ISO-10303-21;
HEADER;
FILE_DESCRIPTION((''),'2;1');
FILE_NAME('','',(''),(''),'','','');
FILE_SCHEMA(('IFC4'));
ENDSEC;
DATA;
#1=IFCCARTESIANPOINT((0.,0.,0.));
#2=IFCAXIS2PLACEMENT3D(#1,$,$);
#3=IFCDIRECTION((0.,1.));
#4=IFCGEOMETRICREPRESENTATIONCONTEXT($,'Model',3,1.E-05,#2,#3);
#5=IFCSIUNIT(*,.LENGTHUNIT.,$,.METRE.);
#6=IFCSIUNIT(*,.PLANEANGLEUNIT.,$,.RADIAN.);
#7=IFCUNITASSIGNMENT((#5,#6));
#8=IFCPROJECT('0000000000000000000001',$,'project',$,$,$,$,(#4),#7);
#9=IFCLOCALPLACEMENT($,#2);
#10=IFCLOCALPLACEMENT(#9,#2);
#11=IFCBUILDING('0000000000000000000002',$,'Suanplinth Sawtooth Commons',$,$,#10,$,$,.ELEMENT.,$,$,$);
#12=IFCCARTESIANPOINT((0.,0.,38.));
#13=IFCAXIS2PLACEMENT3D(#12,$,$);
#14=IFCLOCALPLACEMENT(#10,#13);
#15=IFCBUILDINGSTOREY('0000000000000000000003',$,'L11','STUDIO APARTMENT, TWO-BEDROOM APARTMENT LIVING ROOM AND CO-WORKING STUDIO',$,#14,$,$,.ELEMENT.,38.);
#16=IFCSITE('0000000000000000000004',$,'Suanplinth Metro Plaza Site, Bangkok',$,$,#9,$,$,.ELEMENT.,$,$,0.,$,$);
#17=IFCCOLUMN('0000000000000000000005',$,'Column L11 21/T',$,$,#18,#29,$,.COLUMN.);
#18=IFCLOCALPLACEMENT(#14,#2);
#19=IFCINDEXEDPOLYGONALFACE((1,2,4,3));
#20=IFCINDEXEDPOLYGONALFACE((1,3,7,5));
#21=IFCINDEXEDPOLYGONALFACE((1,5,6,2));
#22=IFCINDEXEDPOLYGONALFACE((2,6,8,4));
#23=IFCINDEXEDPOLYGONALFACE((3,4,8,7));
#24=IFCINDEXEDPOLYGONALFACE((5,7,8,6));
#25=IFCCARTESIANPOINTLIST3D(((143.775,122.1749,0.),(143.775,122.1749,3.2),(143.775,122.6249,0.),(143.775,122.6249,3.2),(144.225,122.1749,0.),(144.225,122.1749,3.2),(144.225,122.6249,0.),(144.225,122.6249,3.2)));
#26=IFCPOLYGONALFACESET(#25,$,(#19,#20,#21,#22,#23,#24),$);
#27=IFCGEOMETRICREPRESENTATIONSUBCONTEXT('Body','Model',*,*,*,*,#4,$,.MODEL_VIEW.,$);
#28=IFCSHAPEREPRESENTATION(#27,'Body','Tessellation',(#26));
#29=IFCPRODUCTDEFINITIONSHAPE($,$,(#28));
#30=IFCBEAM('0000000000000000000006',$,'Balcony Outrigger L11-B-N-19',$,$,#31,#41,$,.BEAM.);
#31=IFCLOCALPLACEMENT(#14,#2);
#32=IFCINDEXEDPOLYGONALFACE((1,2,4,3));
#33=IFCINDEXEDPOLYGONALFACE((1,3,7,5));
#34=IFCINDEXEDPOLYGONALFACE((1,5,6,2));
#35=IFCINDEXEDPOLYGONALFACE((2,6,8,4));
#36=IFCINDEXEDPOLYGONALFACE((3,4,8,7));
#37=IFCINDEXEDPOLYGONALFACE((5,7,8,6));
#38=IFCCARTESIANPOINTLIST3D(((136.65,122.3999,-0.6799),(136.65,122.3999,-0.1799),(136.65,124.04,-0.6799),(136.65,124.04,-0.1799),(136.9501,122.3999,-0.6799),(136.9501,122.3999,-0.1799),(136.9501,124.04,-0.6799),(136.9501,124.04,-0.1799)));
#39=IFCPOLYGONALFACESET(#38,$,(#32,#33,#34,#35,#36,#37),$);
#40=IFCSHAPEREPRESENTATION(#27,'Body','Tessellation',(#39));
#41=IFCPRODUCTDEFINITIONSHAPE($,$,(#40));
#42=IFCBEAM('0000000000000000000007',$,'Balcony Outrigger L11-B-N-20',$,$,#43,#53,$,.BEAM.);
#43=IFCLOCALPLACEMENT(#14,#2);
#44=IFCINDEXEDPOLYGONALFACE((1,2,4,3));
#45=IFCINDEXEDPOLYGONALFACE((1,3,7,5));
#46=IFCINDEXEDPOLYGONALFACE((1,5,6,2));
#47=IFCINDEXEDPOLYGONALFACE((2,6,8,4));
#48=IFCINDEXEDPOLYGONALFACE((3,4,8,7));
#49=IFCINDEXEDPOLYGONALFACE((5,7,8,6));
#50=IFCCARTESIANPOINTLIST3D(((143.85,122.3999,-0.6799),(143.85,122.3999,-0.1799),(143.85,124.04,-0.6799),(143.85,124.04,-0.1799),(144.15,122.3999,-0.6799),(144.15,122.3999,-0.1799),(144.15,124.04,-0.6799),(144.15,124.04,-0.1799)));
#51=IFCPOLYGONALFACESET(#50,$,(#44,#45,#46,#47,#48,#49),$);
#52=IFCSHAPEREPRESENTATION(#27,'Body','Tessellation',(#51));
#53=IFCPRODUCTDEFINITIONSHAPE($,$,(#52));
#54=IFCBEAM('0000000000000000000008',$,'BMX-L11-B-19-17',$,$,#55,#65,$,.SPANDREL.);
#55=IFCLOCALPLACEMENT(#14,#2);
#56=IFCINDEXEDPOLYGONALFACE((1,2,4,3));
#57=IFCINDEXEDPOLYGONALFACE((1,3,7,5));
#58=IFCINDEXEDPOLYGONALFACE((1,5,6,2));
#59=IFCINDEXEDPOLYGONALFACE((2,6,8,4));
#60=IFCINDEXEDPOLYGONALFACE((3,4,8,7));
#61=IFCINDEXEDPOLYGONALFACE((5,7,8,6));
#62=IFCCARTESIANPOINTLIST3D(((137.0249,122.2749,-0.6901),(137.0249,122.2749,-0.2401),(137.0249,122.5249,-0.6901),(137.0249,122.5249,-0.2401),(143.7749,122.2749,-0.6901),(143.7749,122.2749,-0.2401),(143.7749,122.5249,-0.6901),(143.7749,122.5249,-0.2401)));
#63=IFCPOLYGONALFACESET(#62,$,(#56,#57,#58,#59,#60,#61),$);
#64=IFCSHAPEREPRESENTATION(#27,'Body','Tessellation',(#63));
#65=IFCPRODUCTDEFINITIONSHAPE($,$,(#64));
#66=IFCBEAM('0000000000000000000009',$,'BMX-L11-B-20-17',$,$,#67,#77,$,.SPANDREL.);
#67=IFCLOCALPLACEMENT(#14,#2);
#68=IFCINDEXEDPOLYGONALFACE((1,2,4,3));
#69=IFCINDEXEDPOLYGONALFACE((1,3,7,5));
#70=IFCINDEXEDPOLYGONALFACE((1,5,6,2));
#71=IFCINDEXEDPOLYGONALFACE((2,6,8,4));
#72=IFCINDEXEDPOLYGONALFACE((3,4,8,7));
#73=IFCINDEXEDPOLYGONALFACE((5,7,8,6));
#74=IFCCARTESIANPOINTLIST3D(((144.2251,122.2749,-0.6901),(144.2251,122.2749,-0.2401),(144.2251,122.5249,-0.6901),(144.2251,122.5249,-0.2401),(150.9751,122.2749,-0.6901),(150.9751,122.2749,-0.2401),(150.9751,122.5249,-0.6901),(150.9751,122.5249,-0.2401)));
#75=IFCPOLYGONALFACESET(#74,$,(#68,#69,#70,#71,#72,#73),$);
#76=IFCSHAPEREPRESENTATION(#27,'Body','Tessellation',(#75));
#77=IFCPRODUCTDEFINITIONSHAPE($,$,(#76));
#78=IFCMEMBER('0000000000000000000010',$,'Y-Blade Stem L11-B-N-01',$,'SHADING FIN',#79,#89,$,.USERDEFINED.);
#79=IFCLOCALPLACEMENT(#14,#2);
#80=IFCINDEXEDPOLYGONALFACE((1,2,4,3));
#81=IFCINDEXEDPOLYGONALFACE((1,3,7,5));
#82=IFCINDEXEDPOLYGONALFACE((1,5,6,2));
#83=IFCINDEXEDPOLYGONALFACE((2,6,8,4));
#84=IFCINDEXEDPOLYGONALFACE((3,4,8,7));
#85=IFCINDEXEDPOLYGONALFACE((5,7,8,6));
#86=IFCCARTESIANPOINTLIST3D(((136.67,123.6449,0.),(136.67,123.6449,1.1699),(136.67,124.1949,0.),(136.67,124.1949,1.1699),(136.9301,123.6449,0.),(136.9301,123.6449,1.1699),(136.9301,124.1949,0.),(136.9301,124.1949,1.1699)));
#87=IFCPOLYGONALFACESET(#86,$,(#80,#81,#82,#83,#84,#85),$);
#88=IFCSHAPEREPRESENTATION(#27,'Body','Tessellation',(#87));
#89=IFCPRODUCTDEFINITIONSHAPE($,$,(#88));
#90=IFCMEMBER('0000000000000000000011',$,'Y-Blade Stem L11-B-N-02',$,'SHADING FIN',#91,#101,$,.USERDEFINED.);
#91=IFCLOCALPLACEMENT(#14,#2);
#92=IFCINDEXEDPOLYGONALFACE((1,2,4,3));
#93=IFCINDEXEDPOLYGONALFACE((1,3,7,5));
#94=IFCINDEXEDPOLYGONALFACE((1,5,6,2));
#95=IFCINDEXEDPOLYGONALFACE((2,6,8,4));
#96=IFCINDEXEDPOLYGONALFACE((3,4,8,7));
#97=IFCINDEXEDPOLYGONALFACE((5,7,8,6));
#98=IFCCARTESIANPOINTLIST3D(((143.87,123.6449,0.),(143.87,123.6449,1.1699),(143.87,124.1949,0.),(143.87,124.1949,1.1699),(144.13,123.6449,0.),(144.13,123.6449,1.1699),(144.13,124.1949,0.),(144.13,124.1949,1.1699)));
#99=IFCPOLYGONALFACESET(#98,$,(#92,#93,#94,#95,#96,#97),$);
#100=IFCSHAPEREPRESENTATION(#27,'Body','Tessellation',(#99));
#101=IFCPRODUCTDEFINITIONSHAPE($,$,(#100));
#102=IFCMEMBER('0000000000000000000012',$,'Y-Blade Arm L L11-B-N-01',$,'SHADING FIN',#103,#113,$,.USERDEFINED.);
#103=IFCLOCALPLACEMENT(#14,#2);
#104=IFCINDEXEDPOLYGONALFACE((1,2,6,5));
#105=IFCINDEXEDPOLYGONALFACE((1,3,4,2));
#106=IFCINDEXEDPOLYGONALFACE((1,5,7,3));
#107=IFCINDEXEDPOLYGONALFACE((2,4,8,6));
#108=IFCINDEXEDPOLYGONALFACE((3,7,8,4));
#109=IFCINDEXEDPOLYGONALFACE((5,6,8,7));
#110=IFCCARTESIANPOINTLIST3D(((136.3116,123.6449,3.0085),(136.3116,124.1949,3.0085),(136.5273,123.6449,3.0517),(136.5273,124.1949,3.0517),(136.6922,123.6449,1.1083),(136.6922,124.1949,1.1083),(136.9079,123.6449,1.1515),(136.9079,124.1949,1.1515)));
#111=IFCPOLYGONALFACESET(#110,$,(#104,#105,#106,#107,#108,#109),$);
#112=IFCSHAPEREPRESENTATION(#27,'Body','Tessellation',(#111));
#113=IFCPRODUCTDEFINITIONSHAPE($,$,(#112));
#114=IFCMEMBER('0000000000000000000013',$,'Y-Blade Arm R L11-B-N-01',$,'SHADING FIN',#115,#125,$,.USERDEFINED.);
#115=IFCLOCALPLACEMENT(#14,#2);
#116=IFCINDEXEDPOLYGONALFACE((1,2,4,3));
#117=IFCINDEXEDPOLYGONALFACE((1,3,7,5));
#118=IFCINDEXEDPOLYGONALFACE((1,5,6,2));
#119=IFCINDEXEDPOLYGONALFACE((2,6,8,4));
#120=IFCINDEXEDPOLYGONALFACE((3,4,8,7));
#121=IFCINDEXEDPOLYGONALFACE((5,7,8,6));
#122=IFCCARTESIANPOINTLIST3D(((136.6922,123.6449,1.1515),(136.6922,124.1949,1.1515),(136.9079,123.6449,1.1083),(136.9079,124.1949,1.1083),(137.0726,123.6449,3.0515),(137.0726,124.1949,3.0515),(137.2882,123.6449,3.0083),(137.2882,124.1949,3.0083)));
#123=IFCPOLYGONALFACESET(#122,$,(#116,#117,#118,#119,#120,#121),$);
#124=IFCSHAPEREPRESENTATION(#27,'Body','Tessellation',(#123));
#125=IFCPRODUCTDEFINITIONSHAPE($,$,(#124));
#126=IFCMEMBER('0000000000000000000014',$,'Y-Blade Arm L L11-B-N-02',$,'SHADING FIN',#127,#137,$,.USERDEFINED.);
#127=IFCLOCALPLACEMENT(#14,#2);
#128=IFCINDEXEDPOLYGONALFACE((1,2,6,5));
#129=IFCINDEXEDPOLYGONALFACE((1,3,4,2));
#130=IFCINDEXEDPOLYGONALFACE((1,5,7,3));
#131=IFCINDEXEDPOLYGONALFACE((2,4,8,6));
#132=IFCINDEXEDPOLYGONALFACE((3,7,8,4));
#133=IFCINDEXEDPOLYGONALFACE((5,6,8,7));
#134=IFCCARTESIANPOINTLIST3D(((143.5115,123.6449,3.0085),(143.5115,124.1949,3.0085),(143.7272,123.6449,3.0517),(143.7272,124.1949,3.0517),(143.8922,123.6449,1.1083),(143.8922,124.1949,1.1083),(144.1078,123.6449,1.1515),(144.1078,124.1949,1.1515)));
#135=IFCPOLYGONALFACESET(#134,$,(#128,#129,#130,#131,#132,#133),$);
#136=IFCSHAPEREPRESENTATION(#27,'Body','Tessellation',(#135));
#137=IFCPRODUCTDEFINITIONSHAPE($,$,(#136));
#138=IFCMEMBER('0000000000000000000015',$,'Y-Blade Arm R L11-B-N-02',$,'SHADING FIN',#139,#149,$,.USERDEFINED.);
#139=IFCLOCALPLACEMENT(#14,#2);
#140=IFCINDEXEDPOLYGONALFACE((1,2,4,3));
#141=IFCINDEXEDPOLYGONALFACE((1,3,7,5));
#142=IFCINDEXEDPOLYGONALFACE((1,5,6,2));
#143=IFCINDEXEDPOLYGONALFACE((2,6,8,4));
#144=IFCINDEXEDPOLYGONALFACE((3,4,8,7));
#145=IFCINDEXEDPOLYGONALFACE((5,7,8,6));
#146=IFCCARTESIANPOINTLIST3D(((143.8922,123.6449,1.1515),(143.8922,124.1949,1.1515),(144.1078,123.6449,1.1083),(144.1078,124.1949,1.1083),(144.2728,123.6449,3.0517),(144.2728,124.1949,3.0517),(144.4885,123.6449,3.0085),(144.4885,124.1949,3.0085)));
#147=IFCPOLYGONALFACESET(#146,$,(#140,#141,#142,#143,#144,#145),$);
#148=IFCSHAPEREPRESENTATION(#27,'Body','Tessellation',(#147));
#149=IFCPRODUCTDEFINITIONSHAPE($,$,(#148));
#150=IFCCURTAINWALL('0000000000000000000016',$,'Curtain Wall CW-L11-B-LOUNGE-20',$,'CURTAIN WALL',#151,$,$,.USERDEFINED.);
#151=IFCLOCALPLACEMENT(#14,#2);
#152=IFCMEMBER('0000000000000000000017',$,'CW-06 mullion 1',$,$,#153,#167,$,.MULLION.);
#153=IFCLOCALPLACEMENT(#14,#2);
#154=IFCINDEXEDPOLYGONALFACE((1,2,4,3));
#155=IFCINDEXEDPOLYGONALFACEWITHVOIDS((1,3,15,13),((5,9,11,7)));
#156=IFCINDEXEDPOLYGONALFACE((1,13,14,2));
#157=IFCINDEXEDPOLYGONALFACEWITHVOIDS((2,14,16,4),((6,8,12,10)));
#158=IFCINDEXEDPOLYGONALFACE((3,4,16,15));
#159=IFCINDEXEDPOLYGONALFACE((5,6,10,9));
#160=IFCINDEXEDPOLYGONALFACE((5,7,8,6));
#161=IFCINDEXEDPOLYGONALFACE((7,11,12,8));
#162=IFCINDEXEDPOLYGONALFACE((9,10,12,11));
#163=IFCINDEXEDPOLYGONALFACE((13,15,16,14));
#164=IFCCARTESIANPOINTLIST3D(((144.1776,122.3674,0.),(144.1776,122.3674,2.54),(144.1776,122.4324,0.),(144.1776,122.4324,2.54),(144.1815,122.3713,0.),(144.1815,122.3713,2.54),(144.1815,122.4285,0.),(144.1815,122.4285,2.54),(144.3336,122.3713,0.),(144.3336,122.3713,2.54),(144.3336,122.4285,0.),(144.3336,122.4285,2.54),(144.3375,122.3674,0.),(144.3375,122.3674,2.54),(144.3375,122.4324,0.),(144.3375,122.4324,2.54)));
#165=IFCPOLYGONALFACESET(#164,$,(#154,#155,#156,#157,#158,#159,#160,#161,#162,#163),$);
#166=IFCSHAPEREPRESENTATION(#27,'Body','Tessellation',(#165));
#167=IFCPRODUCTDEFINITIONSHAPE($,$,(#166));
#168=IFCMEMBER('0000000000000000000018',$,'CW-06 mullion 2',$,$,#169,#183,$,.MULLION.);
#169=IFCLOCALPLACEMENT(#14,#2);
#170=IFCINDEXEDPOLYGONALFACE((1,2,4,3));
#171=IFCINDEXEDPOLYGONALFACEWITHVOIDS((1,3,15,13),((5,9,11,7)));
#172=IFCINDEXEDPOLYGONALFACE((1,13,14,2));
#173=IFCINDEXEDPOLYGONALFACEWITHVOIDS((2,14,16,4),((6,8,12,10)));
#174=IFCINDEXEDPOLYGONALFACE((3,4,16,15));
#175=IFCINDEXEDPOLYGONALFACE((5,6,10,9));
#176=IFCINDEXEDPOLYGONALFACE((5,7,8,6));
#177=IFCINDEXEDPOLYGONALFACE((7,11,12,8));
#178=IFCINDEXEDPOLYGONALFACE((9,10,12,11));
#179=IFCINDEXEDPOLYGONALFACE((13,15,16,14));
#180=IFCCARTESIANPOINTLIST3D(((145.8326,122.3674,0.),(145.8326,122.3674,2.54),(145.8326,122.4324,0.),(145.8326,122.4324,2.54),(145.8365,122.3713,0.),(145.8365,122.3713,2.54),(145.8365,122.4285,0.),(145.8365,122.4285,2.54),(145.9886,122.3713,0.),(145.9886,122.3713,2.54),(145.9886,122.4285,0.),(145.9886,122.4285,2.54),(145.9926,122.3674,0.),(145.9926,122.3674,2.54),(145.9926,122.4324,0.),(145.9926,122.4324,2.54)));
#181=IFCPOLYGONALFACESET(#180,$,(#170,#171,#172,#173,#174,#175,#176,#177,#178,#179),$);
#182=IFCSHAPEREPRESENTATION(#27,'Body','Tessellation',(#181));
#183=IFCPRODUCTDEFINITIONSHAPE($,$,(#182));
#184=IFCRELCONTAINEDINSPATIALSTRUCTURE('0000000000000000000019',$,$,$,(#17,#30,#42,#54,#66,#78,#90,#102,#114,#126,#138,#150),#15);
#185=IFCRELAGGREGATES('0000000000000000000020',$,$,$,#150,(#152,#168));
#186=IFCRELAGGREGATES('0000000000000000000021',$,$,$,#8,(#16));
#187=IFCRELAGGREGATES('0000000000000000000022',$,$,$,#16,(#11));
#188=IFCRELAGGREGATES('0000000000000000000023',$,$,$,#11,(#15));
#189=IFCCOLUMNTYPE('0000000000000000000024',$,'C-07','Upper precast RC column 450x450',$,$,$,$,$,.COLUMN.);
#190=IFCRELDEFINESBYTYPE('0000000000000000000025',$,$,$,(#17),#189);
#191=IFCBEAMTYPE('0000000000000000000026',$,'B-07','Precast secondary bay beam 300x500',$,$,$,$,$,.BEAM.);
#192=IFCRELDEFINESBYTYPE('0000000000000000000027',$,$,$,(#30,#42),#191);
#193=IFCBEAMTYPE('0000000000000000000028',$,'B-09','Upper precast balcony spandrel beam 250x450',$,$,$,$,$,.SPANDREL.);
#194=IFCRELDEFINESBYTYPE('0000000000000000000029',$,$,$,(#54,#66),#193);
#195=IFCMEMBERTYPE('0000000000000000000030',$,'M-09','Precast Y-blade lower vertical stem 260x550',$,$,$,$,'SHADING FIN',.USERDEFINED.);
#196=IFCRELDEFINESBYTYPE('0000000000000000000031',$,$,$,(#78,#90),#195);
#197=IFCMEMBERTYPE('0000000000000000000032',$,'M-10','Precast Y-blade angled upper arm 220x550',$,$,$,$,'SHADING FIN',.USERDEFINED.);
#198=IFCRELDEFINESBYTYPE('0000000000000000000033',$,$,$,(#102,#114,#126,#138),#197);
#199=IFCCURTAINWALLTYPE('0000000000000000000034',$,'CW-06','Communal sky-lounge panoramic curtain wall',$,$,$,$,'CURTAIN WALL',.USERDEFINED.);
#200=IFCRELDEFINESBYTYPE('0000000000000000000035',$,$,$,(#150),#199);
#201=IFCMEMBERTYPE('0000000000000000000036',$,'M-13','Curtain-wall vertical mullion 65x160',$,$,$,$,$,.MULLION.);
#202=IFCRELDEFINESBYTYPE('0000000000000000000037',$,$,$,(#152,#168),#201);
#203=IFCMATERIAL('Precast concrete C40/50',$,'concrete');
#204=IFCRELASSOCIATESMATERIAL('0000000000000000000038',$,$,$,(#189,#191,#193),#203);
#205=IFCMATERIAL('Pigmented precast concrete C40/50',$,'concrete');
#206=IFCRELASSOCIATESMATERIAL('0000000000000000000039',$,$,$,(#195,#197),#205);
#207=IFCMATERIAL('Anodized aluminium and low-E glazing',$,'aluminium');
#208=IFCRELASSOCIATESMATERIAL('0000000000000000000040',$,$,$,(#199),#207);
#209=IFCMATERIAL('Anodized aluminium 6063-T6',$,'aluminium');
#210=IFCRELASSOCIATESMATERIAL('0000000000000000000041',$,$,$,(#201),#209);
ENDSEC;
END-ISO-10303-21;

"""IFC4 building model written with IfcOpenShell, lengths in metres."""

from ifc_helpers import new_model, si_unit, direction, frame, origin, origin_2d, place, context, subcontext, project, spatial, rectangle, hollow_rectangle, extrude, material, material_profile, profile_set, type_object, element, aggregate, save


model = new_model("IFC4")

# Units and contexts
model_context = context("Model", 3, precision=1e-05, world=origin(), true_north=direction((0.0, 1.0)))
body_context = subcontext(model_context, "Body", "Model", "MODEL_VIEW")
ifc_project = project(units=[si_unit("LENGTHUNIT", "METRE"), si_unit("PLANEANGLEUNIT", "RADIAN")], contexts=[model_context])

# Site, building, storey
site_placement = place(None, origin())
site = spatial("IfcSite", under=ifc_project, at=site_placement, Name="Suanplinth Metro Plaza Site, Bangkok", CompositionType="ELEMENT", RefElevation=0.0)
building_placement = place(site_placement, origin())
building = spatial("IfcBuilding", under=site, at=building_placement, Name="Suanplinth Sawtooth Commons", CompositionType="ELEMENT")
storey_placement = place(building_placement, frame((0.0, 0.0, 38.0)))
storey = spatial("IfcBuildingStorey", under=building, at=storey_placement, Name="L11", Description="STUDIO APARTMENT, TWO-BEDROOM APARTMENT LIVING ROOM AND CO-WORKING STUDIO", CompositionType="ELEMENT", Elevation=38.0)

# Column
ifc_material_1 = material(Name="Precast concrete C40/50", Category="concrete")
ifc_material_profile_1 = material_profile(ifc_material_1, rectangle(XDim=0.45, YDim=0.45, at=origin_2d()), Name="PC-COL 450x450")
ifc_profile_set_1 = profile_set([ifc_material_profile_1], Name="Precast concrete C40/50")
column_type = type_object("IfcColumnType", Name="C-07", Description="Upper precast RC column 450x450", PredefinedType="COLUMN", material=ifc_profile_set_1)
column_placement = place(storey_placement, frame((144.0, 122.3999, 0.0), z_axis=(0.0, 0.0, 1.0), x_axis=(1.0, 0.0, 0.0)))
element("IfcColumn", 1, at=column_placement, inside=storey, type_object=column_type, Name="Column L11 21/T", PredefinedType="COLUMN", context=body_context, shape_type="SweptSolid", body=[
    extrude(rectangle(XDim=0.45, YDim=0.45, at=origin_2d()), origin(), (0.0, 0.0, 1.0), 3.2),
])

# Beams
ifc_material_profile_2 = material_profile(ifc_material_1, rectangle(XDim=0.3, YDim=0.5, at=origin_2d()), Name="PC-BM 300x500")
ifc_profile_set_2 = profile_set([ifc_material_profile_2], Name="Precast concrete C40/50")
beam_type_1 = type_object("IfcBeamType", Name="B-07", Description="Precast secondary bay beam 300x500", PredefinedType="BEAM", material=ifc_profile_set_2)
for number, where, z_axis, x_axis, name in (
    (2, (136.8, 122.3999, -0.4299), (0.0, 1.0, 0.0), (-1.0, 0.0, 0.0), "Balcony Outrigger L11-B-N-19"),
    (3, (144.0, 122.3999, -0.4299), (0.0, 1.0, 0.0), (-1.0, 0.0, 0.0), "Balcony Outrigger L11-B-N-20"),
):
    element("IfcBeam", number, at=place(storey_placement, frame(where, z_axis=z_axis, x_axis=x_axis)), inside=storey, type_object=beam_type_1, Name=name, PredefinedType="BEAM", context=body_context, shape_type="SweptSolid", body=[
        extrude(rectangle(XDim=0.3, YDim=0.5, at=origin_2d()), origin(), (0.0, 0.0, 1.0), 1.6401),
    ])
ifc_material_profile_3 = material_profile(ifc_material_1, rectangle(XDim=0.25, YDim=0.45, at=origin_2d()), Name="PC-SP 250x450")
ifc_profile_set_3 = profile_set([ifc_material_profile_3], Name="Precast concrete C40/50")
beam_type_2 = type_object("IfcBeamType", Name="B-09", Description="Upper precast balcony spandrel beam 250x450", PredefinedType="SPANDREL", material=ifc_profile_set_3)
for number, where, z_axis, x_axis, name in (
    (4, (137.0249, 122.3999, -0.4651), (1.0, 0.0, 0.0), (0.0, 1.0, 0.0), "BMX-L11-B-19-17"),
    (5, (144.2251, 122.3999, -0.4651), (1.0, 0.0, 0.0), (0.0, 1.0, 0.0), "BMX-L11-B-20-17"),
):
    element("IfcBeam", number, at=place(storey_placement, frame(where, z_axis=z_axis, x_axis=x_axis)), inside=storey, type_object=beam_type_2, Name=name, PredefinedType="SPANDREL", context=body_context, shape_type="SweptSolid", body=[
        extrude(rectangle(XDim=0.25, YDim=0.45, at=origin_2d()), origin(), (0.0, 0.0, 1.0), 6.75),
    ])

# Members
ifc_material_2 = material(Name="Pigmented precast concrete C40/50", Category="concrete")
ifc_material_profile_4 = material_profile(ifc_material_2, rectangle(XDim=0.26, YDim=0.55, at=origin_2d()), Name="PC-FIN 260x550")
ifc_profile_set_4 = profile_set([ifc_material_profile_4], Name="Pigmented precast concrete C40/50")
member_type_1 = type_object("IfcMemberType", Name="M-09", Description="Precast Y-blade lower vertical stem 260x550", ElementType="SHADING FIN", PredefinedType="USERDEFINED", material=ifc_profile_set_4)
for number, where, z_axis, x_axis, name in (
    (6, (136.8, 123.9199, 0.0), (0.0, 0.0, 1.0), (1.0, 0.0, 0.0), "Y-Blade Stem L11-B-N-01"),
    (7, (144.0, 123.9199, 0.0), (0.0, 0.0, 1.0), (1.0, 0.0, 0.0), "Y-Blade Stem L11-B-N-02"),
):
    element("IfcMember", number, at=place(storey_placement, frame(where, z_axis=z_axis, x_axis=x_axis)), inside=storey, type_object=member_type_1, Name=name, ObjectType="SHADING FIN", PredefinedType="USERDEFINED", context=body_context, shape_type="SweptSolid", body=[
        extrude(rectangle(XDim=0.26, YDim=0.55, at=origin_2d()), origin(), (0.0, 0.0, 1.0), 1.1699),
    ])
ifc_material_profile_5 = material_profile(ifc_material_2, rectangle(XDim=0.22, YDim=0.55, at=origin_2d()), Name="PC-FIN 220x550")
ifc_profile_set_5 = profile_set([ifc_material_profile_5], Name="Pigmented precast concrete C40/50")
member_type_2 = type_object("IfcMemberType", Name="M-10", Description="Precast Y-blade angled upper arm 220x550", ElementType="SHADING FIN", PredefinedType="USERDEFINED", material=ifc_profile_set_5)
member_1_placement = place(storey_placement, frame((136.8, 123.9199, 1.1299), z_axis=(-0.196407, 0.0, 0.980522), x_axis=(0.980522, 0.0, 0.196407)))
element("IfcMember", 8, at=member_1_placement, inside=storey, type_object=member_type_2, Name="Y-Blade Arm L L11-B-N-01", ObjectType="SHADING FIN", PredefinedType="USERDEFINED", context=body_context, shape_type="SweptSolid", body=[
    extrude(rectangle(XDim=0.22, YDim=0.55, at=origin_2d()), origin(), (0.0, 0.0, 1.0), 1.938),
])
member_2_placement = place(storey_placement, frame((136.8, 123.9199, 1.1299), z_axis=(0.196286, 0.0, 0.980547), x_axis=(-0.980547, 0.0, 0.196286)))
element("IfcMember", 9, at=member_2_placement, inside=storey, type_object=member_type_2, Name="Y-Blade Arm R L11-B-N-01", ObjectType="SHADING FIN", PredefinedType="USERDEFINED", context=body_context, shape_type="SweptSolid", body=[
    extrude(rectangle(XDim=0.22, YDim=0.55, at=origin_2d()), origin(), (0.0, 0.0, 1.0), 1.9377),
])
for number, where, z_axis, x_axis, name in (
    (10, (144.0, 123.9199, 1.1299), (-0.196407, 0.0, 0.980522), (0.980522, 0.0, 0.196407), "Y-Blade Arm L L11-B-N-02"),
    (11, (144.0, 123.9199, 1.1299), (0.196407, 0.0, 0.980522), (-0.980522, 0.0, 0.196407), "Y-Blade Arm R L11-B-N-02"),
):
    element("IfcMember", number, at=place(storey_placement, frame(where, z_axis=z_axis, x_axis=x_axis)), inside=storey, type_object=member_type_2, Name=name, ObjectType="SHADING FIN", PredefinedType="USERDEFINED", context=body_context, shape_type="SweptSolid", body=[
        extrude(rectangle(XDim=0.22, YDim=0.55, at=origin_2d()), origin(), (0.0, 0.0, 1.0), 1.938),
    ])

# Curtain wall, members
ifc_material_3 = material(Name="Anodized aluminium and low-E glazing", Category="aluminium")
curtain_wall_type = type_object("IfcCurtainWallType", Name="CW-06", Description="Communal sky-lounge panoramic curtain wall", ElementType="CURTAIN WALL", PredefinedType="USERDEFINED", material=ifc_material_3)
curtain_wall_placement = place(storey_placement, origin())
curtain_wall = element("IfcCurtainWall", 12, at=curtain_wall_placement, inside=storey, type_object=curtain_wall_type, Name="Curtain Wall CW-L11-B-LOUNGE-20", ObjectType="CURTAIN WALL", PredefinedType="USERDEFINED")
ifc_material_4 = material(Name="Anodized aluminium 6063-T6", Category="aluminium")
ifc_material_profile_6 = material_profile(ifc_material_4, hollow_rectangle(XDim=0.0649, YDim=0.1599, WallThickness=0.0039, at=origin_2d()), Name="ALU-MUL 65x160")
ifc_profile_set_6 = profile_set([ifc_material_profile_6], Name="Anodized aluminium 6063-T6")
member_type_3 = type_object("IfcMemberType", Name="M-13", Description="Curtain-wall vertical mullion 65x160", PredefinedType="MULLION", material=ifc_profile_set_6)
member_3_placement = place(storey_placement, frame((144.2576, 122.3999, 0.0), z_axis=(0.0, 0.0, 1.0), x_axis=(0.0, 1.0, 0.0)))
member_3 = element("IfcMember", 13, at=member_3_placement, type_object=member_type_3, Name="CW-06 mullion 1", PredefinedType="MULLION", context=body_context, shape_type="SweptSolid", body=[
    extrude(hollow_rectangle(XDim=0.0649, YDim=0.1599, WallThickness=0.0039, at=origin_2d()), origin(), (0.0, 0.0, 1.0), 2.54),
])
member_4_placement = place(storey_placement, frame((145.9126, 122.3999, 0.0), z_axis=(0.0, 0.0, 1.0), x_axis=(0.0, 1.0, 0.0)))
member_4 = element("IfcMember", 14, at=member_4_placement, type_object=member_type_3, Name="CW-06 mullion 2", PredefinedType="MULLION", context=body_context, shape_type="SweptSolid", body=[
    extrude(hollow_rectangle(XDim=0.0649, YDim=0.1599, WallThickness=0.0039, at=origin_2d()), origin(), (0.0, 0.0, 1.0), 2.54),
])

aggregate(curtain_wall, [member_3, member_4])

save(model, "model.ifc")
